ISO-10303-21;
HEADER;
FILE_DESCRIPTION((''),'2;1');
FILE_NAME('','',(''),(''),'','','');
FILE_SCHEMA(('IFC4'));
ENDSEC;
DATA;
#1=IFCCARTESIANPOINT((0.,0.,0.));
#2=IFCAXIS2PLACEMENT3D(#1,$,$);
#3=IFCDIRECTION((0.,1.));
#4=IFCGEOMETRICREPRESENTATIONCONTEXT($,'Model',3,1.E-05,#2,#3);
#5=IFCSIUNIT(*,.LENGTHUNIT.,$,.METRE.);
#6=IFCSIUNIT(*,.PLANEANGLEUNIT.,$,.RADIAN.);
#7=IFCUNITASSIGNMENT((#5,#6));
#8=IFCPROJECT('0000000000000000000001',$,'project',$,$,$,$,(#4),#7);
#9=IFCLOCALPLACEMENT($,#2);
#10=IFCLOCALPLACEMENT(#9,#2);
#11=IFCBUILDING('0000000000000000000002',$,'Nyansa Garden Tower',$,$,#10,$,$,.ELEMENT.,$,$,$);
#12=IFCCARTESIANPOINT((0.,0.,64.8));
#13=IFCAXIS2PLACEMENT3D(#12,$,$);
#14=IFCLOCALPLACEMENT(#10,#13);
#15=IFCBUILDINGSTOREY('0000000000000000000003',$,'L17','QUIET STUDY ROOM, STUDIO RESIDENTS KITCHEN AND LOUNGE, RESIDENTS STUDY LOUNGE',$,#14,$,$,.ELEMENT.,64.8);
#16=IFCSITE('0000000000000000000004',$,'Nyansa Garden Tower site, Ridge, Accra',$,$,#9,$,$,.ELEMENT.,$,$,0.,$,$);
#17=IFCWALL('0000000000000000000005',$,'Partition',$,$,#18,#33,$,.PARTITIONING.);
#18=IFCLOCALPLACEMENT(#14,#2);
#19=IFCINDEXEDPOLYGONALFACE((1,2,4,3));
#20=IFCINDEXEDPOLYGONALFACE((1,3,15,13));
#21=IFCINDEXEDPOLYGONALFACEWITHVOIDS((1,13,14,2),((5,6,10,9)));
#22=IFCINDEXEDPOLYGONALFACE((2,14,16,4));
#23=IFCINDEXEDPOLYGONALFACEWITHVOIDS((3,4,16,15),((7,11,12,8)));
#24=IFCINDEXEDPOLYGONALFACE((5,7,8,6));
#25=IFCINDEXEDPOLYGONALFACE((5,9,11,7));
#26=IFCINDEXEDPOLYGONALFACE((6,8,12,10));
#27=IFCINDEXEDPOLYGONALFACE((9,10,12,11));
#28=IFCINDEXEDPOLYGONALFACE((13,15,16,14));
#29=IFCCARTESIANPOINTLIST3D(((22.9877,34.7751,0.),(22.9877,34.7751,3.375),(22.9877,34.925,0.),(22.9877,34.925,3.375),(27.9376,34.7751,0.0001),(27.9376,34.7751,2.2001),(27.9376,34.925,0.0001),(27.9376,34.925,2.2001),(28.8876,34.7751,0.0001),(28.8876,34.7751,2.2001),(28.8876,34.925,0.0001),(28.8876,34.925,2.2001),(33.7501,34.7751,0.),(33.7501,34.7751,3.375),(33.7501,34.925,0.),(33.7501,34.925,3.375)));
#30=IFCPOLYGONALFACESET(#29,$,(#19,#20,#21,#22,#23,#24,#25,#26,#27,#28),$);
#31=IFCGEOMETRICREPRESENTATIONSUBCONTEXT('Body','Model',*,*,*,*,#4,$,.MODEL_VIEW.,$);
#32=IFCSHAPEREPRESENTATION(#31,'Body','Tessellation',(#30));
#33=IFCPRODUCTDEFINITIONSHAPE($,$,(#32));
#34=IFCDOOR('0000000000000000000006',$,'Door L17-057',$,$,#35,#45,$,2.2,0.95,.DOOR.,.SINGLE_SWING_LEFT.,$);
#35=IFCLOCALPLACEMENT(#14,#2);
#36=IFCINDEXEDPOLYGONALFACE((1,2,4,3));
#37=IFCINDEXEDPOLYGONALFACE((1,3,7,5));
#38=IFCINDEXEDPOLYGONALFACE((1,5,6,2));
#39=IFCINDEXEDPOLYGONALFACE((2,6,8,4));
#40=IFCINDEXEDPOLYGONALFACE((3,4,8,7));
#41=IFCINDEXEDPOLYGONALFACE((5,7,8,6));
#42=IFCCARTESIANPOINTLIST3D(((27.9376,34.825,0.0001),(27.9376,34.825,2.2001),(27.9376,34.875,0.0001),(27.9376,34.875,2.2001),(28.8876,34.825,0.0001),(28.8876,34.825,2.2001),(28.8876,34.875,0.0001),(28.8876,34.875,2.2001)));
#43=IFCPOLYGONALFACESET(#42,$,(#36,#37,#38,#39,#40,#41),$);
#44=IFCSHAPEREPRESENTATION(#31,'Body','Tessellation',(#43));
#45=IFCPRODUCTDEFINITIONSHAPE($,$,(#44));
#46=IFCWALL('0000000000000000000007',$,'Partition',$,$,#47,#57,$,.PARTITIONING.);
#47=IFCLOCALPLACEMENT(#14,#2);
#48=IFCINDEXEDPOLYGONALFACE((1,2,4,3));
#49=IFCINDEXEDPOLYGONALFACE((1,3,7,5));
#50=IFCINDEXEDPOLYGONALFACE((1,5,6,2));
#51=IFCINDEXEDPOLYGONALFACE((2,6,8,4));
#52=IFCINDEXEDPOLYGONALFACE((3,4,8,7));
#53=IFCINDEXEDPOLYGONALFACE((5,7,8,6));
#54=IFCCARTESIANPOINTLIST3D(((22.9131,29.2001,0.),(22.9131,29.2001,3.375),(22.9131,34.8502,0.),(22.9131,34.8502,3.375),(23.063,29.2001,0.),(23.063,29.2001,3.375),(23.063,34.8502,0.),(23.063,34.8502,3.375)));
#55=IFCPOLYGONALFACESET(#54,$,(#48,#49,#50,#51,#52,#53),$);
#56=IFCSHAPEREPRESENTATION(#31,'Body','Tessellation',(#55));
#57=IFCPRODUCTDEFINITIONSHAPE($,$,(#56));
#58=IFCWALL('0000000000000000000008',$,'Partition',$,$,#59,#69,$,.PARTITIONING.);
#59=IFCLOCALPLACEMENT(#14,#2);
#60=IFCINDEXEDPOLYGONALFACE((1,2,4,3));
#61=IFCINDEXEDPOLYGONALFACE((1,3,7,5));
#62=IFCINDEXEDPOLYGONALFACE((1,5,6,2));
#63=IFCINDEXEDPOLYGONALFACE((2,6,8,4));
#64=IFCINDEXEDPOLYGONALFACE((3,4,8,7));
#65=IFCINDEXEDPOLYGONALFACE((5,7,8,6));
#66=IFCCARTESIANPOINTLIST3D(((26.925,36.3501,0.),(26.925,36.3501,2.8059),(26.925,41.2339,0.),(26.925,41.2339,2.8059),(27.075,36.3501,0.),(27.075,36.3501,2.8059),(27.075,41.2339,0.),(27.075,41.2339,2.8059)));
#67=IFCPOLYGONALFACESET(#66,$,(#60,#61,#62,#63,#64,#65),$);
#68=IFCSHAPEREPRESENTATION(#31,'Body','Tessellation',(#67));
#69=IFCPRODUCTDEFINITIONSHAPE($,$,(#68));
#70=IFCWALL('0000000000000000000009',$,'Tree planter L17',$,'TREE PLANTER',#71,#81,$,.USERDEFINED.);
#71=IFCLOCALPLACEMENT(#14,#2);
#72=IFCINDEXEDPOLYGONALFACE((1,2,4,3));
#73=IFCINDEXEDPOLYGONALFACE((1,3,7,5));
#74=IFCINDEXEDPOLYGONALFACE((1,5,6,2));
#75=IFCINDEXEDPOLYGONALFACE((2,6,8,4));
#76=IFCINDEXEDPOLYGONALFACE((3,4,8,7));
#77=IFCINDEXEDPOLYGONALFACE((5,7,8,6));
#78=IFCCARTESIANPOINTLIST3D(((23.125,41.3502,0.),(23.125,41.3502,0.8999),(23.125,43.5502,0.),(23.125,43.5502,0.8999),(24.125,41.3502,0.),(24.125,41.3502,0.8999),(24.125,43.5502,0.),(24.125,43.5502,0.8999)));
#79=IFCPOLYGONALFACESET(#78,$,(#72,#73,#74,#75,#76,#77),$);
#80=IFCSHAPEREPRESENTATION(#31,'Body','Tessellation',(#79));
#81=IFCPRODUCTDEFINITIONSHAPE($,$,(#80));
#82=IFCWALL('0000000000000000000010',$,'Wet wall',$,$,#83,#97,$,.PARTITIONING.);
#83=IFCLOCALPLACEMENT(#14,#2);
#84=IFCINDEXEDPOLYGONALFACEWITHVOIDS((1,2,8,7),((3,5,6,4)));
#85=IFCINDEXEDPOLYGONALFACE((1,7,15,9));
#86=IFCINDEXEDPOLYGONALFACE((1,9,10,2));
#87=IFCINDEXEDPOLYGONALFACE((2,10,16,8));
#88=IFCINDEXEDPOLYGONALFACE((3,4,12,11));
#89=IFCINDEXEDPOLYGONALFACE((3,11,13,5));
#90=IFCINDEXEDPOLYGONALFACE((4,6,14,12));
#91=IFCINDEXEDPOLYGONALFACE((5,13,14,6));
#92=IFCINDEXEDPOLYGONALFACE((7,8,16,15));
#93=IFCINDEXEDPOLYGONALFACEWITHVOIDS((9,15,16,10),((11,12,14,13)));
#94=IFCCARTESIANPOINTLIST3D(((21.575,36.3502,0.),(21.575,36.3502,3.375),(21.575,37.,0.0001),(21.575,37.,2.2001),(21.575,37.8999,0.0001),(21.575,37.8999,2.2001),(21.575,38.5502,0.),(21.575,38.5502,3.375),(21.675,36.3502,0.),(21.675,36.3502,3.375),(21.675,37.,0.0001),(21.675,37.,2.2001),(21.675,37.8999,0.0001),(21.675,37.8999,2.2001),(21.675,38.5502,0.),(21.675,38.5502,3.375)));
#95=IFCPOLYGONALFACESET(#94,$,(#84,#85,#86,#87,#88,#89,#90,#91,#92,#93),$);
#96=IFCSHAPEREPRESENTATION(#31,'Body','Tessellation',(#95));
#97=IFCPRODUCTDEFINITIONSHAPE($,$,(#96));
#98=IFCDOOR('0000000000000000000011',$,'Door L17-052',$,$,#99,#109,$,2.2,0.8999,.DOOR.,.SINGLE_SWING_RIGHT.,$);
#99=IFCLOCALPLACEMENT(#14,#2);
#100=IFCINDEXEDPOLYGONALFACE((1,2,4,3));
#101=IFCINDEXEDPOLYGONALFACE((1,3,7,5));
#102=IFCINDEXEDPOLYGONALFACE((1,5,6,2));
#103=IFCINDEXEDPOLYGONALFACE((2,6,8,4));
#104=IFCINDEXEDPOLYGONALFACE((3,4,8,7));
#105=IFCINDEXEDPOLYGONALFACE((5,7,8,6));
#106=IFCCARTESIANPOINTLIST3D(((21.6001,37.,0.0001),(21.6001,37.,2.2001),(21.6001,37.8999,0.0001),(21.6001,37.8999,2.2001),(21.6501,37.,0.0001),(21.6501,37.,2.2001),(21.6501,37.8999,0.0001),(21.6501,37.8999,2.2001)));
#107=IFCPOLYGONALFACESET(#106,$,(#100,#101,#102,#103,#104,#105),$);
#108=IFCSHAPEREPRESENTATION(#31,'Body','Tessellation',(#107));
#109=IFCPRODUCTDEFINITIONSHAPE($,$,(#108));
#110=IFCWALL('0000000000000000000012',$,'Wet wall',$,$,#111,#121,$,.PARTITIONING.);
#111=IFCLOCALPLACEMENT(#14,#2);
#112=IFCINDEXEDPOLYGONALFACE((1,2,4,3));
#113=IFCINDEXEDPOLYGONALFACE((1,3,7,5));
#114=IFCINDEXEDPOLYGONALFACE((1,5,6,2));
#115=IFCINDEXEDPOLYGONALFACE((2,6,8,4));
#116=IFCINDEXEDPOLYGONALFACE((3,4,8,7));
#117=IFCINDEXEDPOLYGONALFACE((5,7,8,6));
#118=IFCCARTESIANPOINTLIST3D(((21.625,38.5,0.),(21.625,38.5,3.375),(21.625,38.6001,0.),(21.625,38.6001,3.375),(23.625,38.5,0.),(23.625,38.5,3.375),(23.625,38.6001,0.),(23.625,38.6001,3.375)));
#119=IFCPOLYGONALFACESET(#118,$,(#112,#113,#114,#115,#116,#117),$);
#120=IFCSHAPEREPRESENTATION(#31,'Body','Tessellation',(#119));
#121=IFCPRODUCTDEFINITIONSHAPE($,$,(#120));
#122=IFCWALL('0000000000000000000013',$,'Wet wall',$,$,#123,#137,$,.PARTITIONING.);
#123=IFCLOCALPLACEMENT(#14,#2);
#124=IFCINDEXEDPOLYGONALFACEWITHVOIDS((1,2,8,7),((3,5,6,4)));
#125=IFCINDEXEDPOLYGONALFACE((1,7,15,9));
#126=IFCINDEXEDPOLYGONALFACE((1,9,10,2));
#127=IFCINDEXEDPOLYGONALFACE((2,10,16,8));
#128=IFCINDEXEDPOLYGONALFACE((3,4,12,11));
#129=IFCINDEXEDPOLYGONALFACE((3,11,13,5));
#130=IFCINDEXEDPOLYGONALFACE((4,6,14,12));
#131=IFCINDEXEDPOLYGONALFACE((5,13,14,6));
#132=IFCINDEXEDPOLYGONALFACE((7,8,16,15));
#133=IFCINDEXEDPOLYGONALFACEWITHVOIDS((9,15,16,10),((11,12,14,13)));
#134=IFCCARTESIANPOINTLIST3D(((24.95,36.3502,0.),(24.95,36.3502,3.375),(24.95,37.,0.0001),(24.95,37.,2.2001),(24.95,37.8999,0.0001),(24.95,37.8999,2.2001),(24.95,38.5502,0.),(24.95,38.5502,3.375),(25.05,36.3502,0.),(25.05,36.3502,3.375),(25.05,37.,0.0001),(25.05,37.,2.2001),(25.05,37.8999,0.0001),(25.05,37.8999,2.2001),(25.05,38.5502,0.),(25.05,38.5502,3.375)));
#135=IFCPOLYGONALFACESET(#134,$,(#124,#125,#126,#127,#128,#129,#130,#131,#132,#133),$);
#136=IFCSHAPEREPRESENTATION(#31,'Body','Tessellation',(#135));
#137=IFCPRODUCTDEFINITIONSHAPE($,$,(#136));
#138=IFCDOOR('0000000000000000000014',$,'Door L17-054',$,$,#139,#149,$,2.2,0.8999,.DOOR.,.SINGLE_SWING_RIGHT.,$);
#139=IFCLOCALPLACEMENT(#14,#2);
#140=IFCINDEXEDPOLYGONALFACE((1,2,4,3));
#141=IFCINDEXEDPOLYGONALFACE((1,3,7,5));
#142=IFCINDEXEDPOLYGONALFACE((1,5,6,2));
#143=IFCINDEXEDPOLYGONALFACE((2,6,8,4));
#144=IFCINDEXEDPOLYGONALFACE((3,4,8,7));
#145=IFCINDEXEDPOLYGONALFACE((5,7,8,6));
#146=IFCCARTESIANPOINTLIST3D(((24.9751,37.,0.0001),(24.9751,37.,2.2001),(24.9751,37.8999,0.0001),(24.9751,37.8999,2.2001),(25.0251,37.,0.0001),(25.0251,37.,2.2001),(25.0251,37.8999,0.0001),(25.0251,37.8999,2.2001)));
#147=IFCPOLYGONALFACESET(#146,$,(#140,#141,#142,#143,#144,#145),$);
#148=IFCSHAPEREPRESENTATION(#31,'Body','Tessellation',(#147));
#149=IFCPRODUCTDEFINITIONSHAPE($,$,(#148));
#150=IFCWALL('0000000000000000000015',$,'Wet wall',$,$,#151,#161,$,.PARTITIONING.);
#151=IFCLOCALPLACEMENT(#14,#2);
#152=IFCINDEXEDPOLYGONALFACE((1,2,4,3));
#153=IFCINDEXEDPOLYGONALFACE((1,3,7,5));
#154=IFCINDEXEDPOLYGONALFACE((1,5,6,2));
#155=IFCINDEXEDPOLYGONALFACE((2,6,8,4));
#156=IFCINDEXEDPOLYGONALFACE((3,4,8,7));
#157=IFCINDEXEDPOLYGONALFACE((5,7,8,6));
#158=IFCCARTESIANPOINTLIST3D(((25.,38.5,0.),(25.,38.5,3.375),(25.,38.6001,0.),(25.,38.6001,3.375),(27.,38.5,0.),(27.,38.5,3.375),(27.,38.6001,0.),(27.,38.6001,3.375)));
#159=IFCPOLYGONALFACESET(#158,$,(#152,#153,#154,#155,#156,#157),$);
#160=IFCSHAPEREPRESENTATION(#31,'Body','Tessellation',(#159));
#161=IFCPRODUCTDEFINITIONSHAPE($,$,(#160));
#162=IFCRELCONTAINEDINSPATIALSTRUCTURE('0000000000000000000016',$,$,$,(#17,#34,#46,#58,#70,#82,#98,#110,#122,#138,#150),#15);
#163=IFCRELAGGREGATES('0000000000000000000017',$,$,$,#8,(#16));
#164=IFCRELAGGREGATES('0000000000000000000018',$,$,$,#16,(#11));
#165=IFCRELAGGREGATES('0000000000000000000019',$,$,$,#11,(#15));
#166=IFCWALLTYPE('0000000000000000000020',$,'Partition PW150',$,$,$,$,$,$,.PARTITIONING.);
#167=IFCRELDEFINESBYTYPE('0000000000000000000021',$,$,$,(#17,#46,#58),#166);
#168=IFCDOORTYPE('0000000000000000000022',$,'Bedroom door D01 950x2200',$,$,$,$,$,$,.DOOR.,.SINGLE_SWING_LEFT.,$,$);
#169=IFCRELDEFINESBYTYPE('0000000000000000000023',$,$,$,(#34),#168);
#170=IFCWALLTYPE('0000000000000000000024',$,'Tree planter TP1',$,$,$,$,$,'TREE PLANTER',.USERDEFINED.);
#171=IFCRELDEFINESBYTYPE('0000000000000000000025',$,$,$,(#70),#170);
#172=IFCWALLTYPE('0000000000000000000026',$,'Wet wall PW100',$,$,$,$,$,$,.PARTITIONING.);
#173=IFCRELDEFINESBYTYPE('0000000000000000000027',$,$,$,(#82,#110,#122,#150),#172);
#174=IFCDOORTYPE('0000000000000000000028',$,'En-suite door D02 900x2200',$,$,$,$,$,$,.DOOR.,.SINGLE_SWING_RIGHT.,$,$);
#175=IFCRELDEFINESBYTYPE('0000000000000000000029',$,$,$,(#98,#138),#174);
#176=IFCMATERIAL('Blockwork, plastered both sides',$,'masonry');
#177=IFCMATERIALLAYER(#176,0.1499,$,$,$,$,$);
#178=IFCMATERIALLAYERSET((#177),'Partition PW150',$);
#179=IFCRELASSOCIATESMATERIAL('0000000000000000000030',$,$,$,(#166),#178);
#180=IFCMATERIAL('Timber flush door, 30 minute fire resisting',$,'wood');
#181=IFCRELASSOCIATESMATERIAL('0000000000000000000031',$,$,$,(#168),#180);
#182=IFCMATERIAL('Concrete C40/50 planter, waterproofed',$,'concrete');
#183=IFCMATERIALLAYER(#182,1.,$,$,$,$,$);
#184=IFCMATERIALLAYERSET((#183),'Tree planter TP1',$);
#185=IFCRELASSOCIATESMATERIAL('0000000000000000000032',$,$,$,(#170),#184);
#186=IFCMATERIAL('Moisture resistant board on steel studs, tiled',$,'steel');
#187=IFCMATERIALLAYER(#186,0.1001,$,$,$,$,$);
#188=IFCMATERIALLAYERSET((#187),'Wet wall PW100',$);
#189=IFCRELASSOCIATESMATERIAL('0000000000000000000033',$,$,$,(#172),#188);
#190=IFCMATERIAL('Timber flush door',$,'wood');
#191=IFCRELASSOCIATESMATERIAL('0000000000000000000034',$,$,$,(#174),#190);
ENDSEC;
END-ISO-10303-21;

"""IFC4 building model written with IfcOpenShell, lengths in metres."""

from ifc_helpers import new_model, si_unit, direction, frame, frame_2d, origin, place, context, subcontext, project, spatial, rectangle, extrude, material, layer, layer_set, type_object, element, fill, save


model = new_model("IFC4")

# Units and contexts
model_context = context("Model", 3, precision=1e-05, world=origin(), true_north=direction((0.0, 1.0)))
body_context = subcontext(model_context, "Body", "Model", "MODEL_VIEW")
ifc_project = project(units=[si_unit("LENGTHUNIT", "METRE"), si_unit("PLANEANGLEUNIT", "RADIAN")], contexts=[model_context])

# Site, building, storey
site_placement = place(None, origin())
site = spatial("IfcSite", under=ifc_project, at=site_placement, Name="Nyansa Garden Tower site, Ridge, Accra", CompositionType="ELEMENT", RefElevation=0.0)
building_placement = place(site_placement, origin())
building = spatial("IfcBuilding", under=site, at=building_placement, Name="Nyansa Garden Tower", CompositionType="ELEMENT")
storey_placement = place(building_placement, frame((0.0, 0.0, 64.8)))
storey = spatial("IfcBuildingStorey", under=building, at=storey_placement, Name="L17", Description="QUIET STUDY ROOM, STUDIO RESIDENTS KITCHEN AND LOUNGE, RESIDENTS STUDY LOUNGE", CompositionType="ELEMENT", Elevation=64.8)

# Shared definitions
ifc_material_1 = material(Name="Blockwork, plastered both sides", Category="masonry")
ifc_layer_1 = layer(ifc_material_1, 0.1499)
ifc_layer_set_1 = layer_set([ifc_layer_1], Name="Partition PW150")
wall_type_1 = type_object("IfcWallType", Name="Partition PW150", PredefinedType="PARTITIONING", material=ifc_layer_set_1)

# Wall, opening, door
wall_1_placement = place(storey_placement, frame((22.9875, 34.8501, 0.0), z_axis=(0.0, 0.0, 1.0), x_axis=(1.0, 0.0, 0.0)))
wall_1 = element("IfcWall", 1, at=wall_1_placement, inside=storey, type_object=wall_type_1, Name="Partition", PredefinedType="PARTITIONING", context=body_context, shape_type="SweptSolid", body=[
    extrude(rectangle(XDim=10.7625, YDim=0.1499, at=frame_2d((5.3813, 0.0))), origin(), (0.0, 0.0, 1.0), 3.375),
])
opening_1_placement = place(wall_1_placement, frame((4.95, 0.0, 0.0)))
opening_1 = element("IfcOpeningElement", 2, at=opening_1_placement, cuts=wall_1, PredefinedType="OPENING", context=body_context, shape_type="SweptSolid", body=[
    extrude(rectangle(XDim=0.95, YDim=2.2, at=frame_2d((0.4751, 1.1001))), frame((0.0, 0.085, 0.0), z_axis=(0.0, -1.0, 0.0), x_axis=(1.0, 0.0, 0.0)), (0.0, 0.0, 1.0), 0.1699),
])
ifc_material_2 = material(Name="Timber flush door, 30 minute fire resisting", Category="wood")
door_type_1 = type_object("IfcDoorType", Name="Bedroom door D01 950x2200", OperationType="SINGLE_SWING_LEFT", PredefinedType="DOOR", material=ifc_material_2)
door_1_placement = place(opening_1_placement, origin())
door_1 = element("IfcDoor", 3, at=door_1_placement, inside=storey, type_object=door_type_1, Name="Door L17-057", OperationType="SINGLE_SWING_LEFT", OverallHeight=2.2, OverallWidth=0.95, PredefinedType="DOOR", context=body_context, shape_type="SweptSolid", body=[
    extrude(rectangle(XDim=0.95, YDim=2.2, at=frame_2d((0.4751, 1.1001))), frame((0.0, 0.0249, 0.0), z_axis=(0.0, -1.0, 0.0), x_axis=(1.0, 0.0, 0.0)), (0.0, 0.0, 1.0), 0.05),
])
fill(opening_1, door_1)

# Walls
wall_2_placement = place(storey_placement, frame((22.988, 29.2, 0.0), z_axis=(0.0, 0.0, 1.0), x_axis=(0.0, 1.0, 0.0)))
element("IfcWall", 4, at=wall_2_placement, inside=storey, type_object=wall_type_1, Name="Partition", PredefinedType="PARTITIONING", context=body_context, shape_type="SweptSolid", body=[
    extrude(rectangle(XDim=5.6501, YDim=0.1499, at=frame_2d((2.8252, 0.0))), origin(), (0.0, 0.0, 1.0), 3.375),
])
wall_3_placement = place(storey_placement, frame((27.0, 36.3501, 0.0), z_axis=(0.0, 0.0, 1.0), x_axis=(0.0, 1.0, 0.0)))
element("IfcWall", 5, at=wall_3_placement, inside=storey, type_object=wall_type_1, Name="Partition", PredefinedType="PARTITIONING", context=body_context, shape_type="SweptSolid", body=[
    extrude(rectangle(XDim=4.8838, YDim=0.1499, at=frame_2d((2.4419, 0.0))), origin(), (0.0, 0.0, 1.0), 2.8059),
])
ifc_material_3 = material(Name="Concrete C40/50 planter, waterproofed", Category="concrete")
ifc_layer_2 = layer(ifc_material_3, 1.0)
ifc_layer_set_2 = layer_set([ifc_layer_2], Name="Tree planter TP1")
wall_type_2 = type_object("IfcWallType", Name="Tree planter TP1", ElementType="TREE PLANTER", PredefinedType="USERDEFINED", material=ifc_layer_set_2)
wall_4_placement = place(storey_placement, frame((23.625, 41.3501, 0.0), z_axis=(0.0, 0.0, 1.0), x_axis=(0.0, 1.0, 0.0)))
element("IfcWall", 6, at=wall_4_placement, inside=storey, type_object=wall_type_2, Name="Tree planter L17", ObjectType="TREE PLANTER", PredefinedType="USERDEFINED", context=body_context, shape_type="SweptSolid", body=[
    extrude(rectangle(XDim=2.2, YDim=1.0, at=frame_2d((1.1001, 0.0))), origin(), (0.0, 0.0, 1.0), 0.8999),
])

# Wall, opening, door
ifc_material_4 = material(Name="Moisture resistant board on steel studs, tiled", Category="steel")
ifc_layer_3 = layer(ifc_material_4, 0.1001)
ifc_layer_set_3 = layer_set([ifc_layer_3], Name="Wet wall PW100")
wall_type_3 = type_object("IfcWallType", Name="Wet wall PW100", PredefinedType="PARTITIONING", material=ifc_layer_set_3)
wall_5_placement = place(storey_placement, frame((21.625, 36.3501, 0.0), z_axis=(0.0, 0.0, 1.0), x_axis=(0.0, 1.0, 0.0)))
wall_5 = element("IfcWall", 7, at=wall_5_placement, inside=storey, type_object=wall_type_3, Name="Wet wall", PredefinedType="PARTITIONING", context=body_context, shape_type="SweptSolid", body=[
    extrude(rectangle(XDim=2.2, YDim=0.1001, at=frame_2d((1.1001, 0.0))), origin(), (0.0, 0.0, 1.0), 3.375),
])
opening_2_placement = place(wall_5_placement, frame((0.6499, 0.0, 0.0)))
opening_2 = element("IfcOpeningElement", 8, at=opening_2_placement, cuts=wall_5, PredefinedType="OPENING", context=body_context, shape_type="SweptSolid", body=[
    extrude(rectangle(XDim=0.8999, YDim=2.2, at=frame_2d((0.45, 1.1001))), frame((0.0, 0.0601, 0.0), z_axis=(0.0, -1.0, 0.0), x_axis=(1.0, 0.0, 0.0)), (0.0, 0.0, 1.0), 0.1201),
])
ifc_material_5 = material(Name="Timber flush door", Category="wood")
door_type_2 = type_object("IfcDoorType", Name="En-suite door D02 900x2200", OperationType="SINGLE_SWING_RIGHT", PredefinedType="DOOR", material=ifc_material_5)
door_2_placement = place(opening_2_placement, origin())
door_2 = element("IfcDoor", 9, at=door_2_placement, inside=storey, type_object=door_type_2, Name="Door L17-052", OperationType="SINGLE_SWING_RIGHT", OverallHeight=2.2, OverallWidth=0.8999, PredefinedType="DOOR", context=body_context, shape_type="SweptSolid", body=[
    extrude(rectangle(XDim=0.8999, YDim=2.2, at=frame_2d((0.45, 1.1001))), frame((0.0, 0.0249, 0.0), z_axis=(0.0, -1.0, 0.0), x_axis=(1.0, 0.0, 0.0)), (0.0, 0.0, 1.0), 0.05),
])
fill(opening_2, door_2)

# Wall
wall_6_placement = place(storey_placement, frame((21.625, 38.55, 0.0), z_axis=(0.0, 0.0, 1.0), x_axis=(1.0, 0.0, 0.0)))
element("IfcWall", 10, at=wall_6_placement, inside=storey, type_object=wall_type_3, Name="Wet wall", PredefinedType="PARTITIONING", context=body_context, shape_type="SweptSolid", body=[
    extrude(rectangle(XDim=2.0, YDim=0.1001, at=frame_2d((1.0, 0.0))), origin(), (0.0, 0.0, 1.0), 3.375),
])

# Wall, opening, door
wall_7_placement = place(storey_placement, frame((25.0, 36.3501, 0.0), z_axis=(0.0, 0.0, 1.0), x_axis=(0.0, 1.0, 0.0)))
wall_7 = element("IfcWall", 11, at=wall_7_placement, inside=storey, type_object=wall_type_3, Name="Wet wall", PredefinedType="PARTITIONING", context=body_context, shape_type="SweptSolid", body=[
    extrude(rectangle(XDim=2.2, YDim=0.1001, at=frame_2d((1.1001, 0.0))), origin(), (0.0, 0.0, 1.0), 3.375),
])
opening_3_placement = place(wall_7_placement, frame((0.6499, 0.0, 0.0)))
opening_3 = element("IfcOpeningElement", 12, at=opening_3_placement, cuts=wall_7, PredefinedType="OPENING", context=body_context, shape_type="SweptSolid", body=[
    extrude(rectangle(XDim=0.8999, YDim=2.2, at=frame_2d((0.45, 1.1001))), frame((0.0, 0.0601, 0.0), z_axis=(0.0, -1.0, 0.0), x_axis=(1.0, 0.0, 0.0)), (0.0, 0.0, 1.0), 0.1201),
])
door_3_placement = place(opening_3_placement, origin())
door_3 = element("IfcDoor", 13, at=door_3_placement, inside=storey, type_object=door_type_2, Name="Door L17-054", OperationType="SINGLE_SWING_RIGHT", OverallHeight=2.2, OverallWidth=0.8999, PredefinedType="DOOR", context=body_context, shape_type="SweptSolid", body=[
    extrude(rectangle(XDim=0.8999, YDim=2.2, at=frame_2d((0.45, 1.1001))), frame((0.0, 0.0249, 0.0), z_axis=(0.0, -1.0, 0.0), x_axis=(1.0, 0.0, 0.0)), (0.0, 0.0, 1.0), 0.05),
])
fill(opening_3, door_3)

# Wall
wall_8_placement = place(storey_placement, frame((25.0, 38.55, 0.0), z_axis=(0.0, 0.0, 1.0), x_axis=(1.0, 0.0, 0.0)))
element("IfcWall", 14, at=wall_8_placement, inside=storey, type_object=wall_type_3, Name="Wet wall", PredefinedType="PARTITIONING", context=body_context, shape_type="SweptSolid", body=[
    extrude(rectangle(XDim=2.0, YDim=0.1001, at=frame_2d((1.0, 0.0))), origin(), (0.0, 0.0, 1.0), 3.375),
])

save(model, "model.ifc")
